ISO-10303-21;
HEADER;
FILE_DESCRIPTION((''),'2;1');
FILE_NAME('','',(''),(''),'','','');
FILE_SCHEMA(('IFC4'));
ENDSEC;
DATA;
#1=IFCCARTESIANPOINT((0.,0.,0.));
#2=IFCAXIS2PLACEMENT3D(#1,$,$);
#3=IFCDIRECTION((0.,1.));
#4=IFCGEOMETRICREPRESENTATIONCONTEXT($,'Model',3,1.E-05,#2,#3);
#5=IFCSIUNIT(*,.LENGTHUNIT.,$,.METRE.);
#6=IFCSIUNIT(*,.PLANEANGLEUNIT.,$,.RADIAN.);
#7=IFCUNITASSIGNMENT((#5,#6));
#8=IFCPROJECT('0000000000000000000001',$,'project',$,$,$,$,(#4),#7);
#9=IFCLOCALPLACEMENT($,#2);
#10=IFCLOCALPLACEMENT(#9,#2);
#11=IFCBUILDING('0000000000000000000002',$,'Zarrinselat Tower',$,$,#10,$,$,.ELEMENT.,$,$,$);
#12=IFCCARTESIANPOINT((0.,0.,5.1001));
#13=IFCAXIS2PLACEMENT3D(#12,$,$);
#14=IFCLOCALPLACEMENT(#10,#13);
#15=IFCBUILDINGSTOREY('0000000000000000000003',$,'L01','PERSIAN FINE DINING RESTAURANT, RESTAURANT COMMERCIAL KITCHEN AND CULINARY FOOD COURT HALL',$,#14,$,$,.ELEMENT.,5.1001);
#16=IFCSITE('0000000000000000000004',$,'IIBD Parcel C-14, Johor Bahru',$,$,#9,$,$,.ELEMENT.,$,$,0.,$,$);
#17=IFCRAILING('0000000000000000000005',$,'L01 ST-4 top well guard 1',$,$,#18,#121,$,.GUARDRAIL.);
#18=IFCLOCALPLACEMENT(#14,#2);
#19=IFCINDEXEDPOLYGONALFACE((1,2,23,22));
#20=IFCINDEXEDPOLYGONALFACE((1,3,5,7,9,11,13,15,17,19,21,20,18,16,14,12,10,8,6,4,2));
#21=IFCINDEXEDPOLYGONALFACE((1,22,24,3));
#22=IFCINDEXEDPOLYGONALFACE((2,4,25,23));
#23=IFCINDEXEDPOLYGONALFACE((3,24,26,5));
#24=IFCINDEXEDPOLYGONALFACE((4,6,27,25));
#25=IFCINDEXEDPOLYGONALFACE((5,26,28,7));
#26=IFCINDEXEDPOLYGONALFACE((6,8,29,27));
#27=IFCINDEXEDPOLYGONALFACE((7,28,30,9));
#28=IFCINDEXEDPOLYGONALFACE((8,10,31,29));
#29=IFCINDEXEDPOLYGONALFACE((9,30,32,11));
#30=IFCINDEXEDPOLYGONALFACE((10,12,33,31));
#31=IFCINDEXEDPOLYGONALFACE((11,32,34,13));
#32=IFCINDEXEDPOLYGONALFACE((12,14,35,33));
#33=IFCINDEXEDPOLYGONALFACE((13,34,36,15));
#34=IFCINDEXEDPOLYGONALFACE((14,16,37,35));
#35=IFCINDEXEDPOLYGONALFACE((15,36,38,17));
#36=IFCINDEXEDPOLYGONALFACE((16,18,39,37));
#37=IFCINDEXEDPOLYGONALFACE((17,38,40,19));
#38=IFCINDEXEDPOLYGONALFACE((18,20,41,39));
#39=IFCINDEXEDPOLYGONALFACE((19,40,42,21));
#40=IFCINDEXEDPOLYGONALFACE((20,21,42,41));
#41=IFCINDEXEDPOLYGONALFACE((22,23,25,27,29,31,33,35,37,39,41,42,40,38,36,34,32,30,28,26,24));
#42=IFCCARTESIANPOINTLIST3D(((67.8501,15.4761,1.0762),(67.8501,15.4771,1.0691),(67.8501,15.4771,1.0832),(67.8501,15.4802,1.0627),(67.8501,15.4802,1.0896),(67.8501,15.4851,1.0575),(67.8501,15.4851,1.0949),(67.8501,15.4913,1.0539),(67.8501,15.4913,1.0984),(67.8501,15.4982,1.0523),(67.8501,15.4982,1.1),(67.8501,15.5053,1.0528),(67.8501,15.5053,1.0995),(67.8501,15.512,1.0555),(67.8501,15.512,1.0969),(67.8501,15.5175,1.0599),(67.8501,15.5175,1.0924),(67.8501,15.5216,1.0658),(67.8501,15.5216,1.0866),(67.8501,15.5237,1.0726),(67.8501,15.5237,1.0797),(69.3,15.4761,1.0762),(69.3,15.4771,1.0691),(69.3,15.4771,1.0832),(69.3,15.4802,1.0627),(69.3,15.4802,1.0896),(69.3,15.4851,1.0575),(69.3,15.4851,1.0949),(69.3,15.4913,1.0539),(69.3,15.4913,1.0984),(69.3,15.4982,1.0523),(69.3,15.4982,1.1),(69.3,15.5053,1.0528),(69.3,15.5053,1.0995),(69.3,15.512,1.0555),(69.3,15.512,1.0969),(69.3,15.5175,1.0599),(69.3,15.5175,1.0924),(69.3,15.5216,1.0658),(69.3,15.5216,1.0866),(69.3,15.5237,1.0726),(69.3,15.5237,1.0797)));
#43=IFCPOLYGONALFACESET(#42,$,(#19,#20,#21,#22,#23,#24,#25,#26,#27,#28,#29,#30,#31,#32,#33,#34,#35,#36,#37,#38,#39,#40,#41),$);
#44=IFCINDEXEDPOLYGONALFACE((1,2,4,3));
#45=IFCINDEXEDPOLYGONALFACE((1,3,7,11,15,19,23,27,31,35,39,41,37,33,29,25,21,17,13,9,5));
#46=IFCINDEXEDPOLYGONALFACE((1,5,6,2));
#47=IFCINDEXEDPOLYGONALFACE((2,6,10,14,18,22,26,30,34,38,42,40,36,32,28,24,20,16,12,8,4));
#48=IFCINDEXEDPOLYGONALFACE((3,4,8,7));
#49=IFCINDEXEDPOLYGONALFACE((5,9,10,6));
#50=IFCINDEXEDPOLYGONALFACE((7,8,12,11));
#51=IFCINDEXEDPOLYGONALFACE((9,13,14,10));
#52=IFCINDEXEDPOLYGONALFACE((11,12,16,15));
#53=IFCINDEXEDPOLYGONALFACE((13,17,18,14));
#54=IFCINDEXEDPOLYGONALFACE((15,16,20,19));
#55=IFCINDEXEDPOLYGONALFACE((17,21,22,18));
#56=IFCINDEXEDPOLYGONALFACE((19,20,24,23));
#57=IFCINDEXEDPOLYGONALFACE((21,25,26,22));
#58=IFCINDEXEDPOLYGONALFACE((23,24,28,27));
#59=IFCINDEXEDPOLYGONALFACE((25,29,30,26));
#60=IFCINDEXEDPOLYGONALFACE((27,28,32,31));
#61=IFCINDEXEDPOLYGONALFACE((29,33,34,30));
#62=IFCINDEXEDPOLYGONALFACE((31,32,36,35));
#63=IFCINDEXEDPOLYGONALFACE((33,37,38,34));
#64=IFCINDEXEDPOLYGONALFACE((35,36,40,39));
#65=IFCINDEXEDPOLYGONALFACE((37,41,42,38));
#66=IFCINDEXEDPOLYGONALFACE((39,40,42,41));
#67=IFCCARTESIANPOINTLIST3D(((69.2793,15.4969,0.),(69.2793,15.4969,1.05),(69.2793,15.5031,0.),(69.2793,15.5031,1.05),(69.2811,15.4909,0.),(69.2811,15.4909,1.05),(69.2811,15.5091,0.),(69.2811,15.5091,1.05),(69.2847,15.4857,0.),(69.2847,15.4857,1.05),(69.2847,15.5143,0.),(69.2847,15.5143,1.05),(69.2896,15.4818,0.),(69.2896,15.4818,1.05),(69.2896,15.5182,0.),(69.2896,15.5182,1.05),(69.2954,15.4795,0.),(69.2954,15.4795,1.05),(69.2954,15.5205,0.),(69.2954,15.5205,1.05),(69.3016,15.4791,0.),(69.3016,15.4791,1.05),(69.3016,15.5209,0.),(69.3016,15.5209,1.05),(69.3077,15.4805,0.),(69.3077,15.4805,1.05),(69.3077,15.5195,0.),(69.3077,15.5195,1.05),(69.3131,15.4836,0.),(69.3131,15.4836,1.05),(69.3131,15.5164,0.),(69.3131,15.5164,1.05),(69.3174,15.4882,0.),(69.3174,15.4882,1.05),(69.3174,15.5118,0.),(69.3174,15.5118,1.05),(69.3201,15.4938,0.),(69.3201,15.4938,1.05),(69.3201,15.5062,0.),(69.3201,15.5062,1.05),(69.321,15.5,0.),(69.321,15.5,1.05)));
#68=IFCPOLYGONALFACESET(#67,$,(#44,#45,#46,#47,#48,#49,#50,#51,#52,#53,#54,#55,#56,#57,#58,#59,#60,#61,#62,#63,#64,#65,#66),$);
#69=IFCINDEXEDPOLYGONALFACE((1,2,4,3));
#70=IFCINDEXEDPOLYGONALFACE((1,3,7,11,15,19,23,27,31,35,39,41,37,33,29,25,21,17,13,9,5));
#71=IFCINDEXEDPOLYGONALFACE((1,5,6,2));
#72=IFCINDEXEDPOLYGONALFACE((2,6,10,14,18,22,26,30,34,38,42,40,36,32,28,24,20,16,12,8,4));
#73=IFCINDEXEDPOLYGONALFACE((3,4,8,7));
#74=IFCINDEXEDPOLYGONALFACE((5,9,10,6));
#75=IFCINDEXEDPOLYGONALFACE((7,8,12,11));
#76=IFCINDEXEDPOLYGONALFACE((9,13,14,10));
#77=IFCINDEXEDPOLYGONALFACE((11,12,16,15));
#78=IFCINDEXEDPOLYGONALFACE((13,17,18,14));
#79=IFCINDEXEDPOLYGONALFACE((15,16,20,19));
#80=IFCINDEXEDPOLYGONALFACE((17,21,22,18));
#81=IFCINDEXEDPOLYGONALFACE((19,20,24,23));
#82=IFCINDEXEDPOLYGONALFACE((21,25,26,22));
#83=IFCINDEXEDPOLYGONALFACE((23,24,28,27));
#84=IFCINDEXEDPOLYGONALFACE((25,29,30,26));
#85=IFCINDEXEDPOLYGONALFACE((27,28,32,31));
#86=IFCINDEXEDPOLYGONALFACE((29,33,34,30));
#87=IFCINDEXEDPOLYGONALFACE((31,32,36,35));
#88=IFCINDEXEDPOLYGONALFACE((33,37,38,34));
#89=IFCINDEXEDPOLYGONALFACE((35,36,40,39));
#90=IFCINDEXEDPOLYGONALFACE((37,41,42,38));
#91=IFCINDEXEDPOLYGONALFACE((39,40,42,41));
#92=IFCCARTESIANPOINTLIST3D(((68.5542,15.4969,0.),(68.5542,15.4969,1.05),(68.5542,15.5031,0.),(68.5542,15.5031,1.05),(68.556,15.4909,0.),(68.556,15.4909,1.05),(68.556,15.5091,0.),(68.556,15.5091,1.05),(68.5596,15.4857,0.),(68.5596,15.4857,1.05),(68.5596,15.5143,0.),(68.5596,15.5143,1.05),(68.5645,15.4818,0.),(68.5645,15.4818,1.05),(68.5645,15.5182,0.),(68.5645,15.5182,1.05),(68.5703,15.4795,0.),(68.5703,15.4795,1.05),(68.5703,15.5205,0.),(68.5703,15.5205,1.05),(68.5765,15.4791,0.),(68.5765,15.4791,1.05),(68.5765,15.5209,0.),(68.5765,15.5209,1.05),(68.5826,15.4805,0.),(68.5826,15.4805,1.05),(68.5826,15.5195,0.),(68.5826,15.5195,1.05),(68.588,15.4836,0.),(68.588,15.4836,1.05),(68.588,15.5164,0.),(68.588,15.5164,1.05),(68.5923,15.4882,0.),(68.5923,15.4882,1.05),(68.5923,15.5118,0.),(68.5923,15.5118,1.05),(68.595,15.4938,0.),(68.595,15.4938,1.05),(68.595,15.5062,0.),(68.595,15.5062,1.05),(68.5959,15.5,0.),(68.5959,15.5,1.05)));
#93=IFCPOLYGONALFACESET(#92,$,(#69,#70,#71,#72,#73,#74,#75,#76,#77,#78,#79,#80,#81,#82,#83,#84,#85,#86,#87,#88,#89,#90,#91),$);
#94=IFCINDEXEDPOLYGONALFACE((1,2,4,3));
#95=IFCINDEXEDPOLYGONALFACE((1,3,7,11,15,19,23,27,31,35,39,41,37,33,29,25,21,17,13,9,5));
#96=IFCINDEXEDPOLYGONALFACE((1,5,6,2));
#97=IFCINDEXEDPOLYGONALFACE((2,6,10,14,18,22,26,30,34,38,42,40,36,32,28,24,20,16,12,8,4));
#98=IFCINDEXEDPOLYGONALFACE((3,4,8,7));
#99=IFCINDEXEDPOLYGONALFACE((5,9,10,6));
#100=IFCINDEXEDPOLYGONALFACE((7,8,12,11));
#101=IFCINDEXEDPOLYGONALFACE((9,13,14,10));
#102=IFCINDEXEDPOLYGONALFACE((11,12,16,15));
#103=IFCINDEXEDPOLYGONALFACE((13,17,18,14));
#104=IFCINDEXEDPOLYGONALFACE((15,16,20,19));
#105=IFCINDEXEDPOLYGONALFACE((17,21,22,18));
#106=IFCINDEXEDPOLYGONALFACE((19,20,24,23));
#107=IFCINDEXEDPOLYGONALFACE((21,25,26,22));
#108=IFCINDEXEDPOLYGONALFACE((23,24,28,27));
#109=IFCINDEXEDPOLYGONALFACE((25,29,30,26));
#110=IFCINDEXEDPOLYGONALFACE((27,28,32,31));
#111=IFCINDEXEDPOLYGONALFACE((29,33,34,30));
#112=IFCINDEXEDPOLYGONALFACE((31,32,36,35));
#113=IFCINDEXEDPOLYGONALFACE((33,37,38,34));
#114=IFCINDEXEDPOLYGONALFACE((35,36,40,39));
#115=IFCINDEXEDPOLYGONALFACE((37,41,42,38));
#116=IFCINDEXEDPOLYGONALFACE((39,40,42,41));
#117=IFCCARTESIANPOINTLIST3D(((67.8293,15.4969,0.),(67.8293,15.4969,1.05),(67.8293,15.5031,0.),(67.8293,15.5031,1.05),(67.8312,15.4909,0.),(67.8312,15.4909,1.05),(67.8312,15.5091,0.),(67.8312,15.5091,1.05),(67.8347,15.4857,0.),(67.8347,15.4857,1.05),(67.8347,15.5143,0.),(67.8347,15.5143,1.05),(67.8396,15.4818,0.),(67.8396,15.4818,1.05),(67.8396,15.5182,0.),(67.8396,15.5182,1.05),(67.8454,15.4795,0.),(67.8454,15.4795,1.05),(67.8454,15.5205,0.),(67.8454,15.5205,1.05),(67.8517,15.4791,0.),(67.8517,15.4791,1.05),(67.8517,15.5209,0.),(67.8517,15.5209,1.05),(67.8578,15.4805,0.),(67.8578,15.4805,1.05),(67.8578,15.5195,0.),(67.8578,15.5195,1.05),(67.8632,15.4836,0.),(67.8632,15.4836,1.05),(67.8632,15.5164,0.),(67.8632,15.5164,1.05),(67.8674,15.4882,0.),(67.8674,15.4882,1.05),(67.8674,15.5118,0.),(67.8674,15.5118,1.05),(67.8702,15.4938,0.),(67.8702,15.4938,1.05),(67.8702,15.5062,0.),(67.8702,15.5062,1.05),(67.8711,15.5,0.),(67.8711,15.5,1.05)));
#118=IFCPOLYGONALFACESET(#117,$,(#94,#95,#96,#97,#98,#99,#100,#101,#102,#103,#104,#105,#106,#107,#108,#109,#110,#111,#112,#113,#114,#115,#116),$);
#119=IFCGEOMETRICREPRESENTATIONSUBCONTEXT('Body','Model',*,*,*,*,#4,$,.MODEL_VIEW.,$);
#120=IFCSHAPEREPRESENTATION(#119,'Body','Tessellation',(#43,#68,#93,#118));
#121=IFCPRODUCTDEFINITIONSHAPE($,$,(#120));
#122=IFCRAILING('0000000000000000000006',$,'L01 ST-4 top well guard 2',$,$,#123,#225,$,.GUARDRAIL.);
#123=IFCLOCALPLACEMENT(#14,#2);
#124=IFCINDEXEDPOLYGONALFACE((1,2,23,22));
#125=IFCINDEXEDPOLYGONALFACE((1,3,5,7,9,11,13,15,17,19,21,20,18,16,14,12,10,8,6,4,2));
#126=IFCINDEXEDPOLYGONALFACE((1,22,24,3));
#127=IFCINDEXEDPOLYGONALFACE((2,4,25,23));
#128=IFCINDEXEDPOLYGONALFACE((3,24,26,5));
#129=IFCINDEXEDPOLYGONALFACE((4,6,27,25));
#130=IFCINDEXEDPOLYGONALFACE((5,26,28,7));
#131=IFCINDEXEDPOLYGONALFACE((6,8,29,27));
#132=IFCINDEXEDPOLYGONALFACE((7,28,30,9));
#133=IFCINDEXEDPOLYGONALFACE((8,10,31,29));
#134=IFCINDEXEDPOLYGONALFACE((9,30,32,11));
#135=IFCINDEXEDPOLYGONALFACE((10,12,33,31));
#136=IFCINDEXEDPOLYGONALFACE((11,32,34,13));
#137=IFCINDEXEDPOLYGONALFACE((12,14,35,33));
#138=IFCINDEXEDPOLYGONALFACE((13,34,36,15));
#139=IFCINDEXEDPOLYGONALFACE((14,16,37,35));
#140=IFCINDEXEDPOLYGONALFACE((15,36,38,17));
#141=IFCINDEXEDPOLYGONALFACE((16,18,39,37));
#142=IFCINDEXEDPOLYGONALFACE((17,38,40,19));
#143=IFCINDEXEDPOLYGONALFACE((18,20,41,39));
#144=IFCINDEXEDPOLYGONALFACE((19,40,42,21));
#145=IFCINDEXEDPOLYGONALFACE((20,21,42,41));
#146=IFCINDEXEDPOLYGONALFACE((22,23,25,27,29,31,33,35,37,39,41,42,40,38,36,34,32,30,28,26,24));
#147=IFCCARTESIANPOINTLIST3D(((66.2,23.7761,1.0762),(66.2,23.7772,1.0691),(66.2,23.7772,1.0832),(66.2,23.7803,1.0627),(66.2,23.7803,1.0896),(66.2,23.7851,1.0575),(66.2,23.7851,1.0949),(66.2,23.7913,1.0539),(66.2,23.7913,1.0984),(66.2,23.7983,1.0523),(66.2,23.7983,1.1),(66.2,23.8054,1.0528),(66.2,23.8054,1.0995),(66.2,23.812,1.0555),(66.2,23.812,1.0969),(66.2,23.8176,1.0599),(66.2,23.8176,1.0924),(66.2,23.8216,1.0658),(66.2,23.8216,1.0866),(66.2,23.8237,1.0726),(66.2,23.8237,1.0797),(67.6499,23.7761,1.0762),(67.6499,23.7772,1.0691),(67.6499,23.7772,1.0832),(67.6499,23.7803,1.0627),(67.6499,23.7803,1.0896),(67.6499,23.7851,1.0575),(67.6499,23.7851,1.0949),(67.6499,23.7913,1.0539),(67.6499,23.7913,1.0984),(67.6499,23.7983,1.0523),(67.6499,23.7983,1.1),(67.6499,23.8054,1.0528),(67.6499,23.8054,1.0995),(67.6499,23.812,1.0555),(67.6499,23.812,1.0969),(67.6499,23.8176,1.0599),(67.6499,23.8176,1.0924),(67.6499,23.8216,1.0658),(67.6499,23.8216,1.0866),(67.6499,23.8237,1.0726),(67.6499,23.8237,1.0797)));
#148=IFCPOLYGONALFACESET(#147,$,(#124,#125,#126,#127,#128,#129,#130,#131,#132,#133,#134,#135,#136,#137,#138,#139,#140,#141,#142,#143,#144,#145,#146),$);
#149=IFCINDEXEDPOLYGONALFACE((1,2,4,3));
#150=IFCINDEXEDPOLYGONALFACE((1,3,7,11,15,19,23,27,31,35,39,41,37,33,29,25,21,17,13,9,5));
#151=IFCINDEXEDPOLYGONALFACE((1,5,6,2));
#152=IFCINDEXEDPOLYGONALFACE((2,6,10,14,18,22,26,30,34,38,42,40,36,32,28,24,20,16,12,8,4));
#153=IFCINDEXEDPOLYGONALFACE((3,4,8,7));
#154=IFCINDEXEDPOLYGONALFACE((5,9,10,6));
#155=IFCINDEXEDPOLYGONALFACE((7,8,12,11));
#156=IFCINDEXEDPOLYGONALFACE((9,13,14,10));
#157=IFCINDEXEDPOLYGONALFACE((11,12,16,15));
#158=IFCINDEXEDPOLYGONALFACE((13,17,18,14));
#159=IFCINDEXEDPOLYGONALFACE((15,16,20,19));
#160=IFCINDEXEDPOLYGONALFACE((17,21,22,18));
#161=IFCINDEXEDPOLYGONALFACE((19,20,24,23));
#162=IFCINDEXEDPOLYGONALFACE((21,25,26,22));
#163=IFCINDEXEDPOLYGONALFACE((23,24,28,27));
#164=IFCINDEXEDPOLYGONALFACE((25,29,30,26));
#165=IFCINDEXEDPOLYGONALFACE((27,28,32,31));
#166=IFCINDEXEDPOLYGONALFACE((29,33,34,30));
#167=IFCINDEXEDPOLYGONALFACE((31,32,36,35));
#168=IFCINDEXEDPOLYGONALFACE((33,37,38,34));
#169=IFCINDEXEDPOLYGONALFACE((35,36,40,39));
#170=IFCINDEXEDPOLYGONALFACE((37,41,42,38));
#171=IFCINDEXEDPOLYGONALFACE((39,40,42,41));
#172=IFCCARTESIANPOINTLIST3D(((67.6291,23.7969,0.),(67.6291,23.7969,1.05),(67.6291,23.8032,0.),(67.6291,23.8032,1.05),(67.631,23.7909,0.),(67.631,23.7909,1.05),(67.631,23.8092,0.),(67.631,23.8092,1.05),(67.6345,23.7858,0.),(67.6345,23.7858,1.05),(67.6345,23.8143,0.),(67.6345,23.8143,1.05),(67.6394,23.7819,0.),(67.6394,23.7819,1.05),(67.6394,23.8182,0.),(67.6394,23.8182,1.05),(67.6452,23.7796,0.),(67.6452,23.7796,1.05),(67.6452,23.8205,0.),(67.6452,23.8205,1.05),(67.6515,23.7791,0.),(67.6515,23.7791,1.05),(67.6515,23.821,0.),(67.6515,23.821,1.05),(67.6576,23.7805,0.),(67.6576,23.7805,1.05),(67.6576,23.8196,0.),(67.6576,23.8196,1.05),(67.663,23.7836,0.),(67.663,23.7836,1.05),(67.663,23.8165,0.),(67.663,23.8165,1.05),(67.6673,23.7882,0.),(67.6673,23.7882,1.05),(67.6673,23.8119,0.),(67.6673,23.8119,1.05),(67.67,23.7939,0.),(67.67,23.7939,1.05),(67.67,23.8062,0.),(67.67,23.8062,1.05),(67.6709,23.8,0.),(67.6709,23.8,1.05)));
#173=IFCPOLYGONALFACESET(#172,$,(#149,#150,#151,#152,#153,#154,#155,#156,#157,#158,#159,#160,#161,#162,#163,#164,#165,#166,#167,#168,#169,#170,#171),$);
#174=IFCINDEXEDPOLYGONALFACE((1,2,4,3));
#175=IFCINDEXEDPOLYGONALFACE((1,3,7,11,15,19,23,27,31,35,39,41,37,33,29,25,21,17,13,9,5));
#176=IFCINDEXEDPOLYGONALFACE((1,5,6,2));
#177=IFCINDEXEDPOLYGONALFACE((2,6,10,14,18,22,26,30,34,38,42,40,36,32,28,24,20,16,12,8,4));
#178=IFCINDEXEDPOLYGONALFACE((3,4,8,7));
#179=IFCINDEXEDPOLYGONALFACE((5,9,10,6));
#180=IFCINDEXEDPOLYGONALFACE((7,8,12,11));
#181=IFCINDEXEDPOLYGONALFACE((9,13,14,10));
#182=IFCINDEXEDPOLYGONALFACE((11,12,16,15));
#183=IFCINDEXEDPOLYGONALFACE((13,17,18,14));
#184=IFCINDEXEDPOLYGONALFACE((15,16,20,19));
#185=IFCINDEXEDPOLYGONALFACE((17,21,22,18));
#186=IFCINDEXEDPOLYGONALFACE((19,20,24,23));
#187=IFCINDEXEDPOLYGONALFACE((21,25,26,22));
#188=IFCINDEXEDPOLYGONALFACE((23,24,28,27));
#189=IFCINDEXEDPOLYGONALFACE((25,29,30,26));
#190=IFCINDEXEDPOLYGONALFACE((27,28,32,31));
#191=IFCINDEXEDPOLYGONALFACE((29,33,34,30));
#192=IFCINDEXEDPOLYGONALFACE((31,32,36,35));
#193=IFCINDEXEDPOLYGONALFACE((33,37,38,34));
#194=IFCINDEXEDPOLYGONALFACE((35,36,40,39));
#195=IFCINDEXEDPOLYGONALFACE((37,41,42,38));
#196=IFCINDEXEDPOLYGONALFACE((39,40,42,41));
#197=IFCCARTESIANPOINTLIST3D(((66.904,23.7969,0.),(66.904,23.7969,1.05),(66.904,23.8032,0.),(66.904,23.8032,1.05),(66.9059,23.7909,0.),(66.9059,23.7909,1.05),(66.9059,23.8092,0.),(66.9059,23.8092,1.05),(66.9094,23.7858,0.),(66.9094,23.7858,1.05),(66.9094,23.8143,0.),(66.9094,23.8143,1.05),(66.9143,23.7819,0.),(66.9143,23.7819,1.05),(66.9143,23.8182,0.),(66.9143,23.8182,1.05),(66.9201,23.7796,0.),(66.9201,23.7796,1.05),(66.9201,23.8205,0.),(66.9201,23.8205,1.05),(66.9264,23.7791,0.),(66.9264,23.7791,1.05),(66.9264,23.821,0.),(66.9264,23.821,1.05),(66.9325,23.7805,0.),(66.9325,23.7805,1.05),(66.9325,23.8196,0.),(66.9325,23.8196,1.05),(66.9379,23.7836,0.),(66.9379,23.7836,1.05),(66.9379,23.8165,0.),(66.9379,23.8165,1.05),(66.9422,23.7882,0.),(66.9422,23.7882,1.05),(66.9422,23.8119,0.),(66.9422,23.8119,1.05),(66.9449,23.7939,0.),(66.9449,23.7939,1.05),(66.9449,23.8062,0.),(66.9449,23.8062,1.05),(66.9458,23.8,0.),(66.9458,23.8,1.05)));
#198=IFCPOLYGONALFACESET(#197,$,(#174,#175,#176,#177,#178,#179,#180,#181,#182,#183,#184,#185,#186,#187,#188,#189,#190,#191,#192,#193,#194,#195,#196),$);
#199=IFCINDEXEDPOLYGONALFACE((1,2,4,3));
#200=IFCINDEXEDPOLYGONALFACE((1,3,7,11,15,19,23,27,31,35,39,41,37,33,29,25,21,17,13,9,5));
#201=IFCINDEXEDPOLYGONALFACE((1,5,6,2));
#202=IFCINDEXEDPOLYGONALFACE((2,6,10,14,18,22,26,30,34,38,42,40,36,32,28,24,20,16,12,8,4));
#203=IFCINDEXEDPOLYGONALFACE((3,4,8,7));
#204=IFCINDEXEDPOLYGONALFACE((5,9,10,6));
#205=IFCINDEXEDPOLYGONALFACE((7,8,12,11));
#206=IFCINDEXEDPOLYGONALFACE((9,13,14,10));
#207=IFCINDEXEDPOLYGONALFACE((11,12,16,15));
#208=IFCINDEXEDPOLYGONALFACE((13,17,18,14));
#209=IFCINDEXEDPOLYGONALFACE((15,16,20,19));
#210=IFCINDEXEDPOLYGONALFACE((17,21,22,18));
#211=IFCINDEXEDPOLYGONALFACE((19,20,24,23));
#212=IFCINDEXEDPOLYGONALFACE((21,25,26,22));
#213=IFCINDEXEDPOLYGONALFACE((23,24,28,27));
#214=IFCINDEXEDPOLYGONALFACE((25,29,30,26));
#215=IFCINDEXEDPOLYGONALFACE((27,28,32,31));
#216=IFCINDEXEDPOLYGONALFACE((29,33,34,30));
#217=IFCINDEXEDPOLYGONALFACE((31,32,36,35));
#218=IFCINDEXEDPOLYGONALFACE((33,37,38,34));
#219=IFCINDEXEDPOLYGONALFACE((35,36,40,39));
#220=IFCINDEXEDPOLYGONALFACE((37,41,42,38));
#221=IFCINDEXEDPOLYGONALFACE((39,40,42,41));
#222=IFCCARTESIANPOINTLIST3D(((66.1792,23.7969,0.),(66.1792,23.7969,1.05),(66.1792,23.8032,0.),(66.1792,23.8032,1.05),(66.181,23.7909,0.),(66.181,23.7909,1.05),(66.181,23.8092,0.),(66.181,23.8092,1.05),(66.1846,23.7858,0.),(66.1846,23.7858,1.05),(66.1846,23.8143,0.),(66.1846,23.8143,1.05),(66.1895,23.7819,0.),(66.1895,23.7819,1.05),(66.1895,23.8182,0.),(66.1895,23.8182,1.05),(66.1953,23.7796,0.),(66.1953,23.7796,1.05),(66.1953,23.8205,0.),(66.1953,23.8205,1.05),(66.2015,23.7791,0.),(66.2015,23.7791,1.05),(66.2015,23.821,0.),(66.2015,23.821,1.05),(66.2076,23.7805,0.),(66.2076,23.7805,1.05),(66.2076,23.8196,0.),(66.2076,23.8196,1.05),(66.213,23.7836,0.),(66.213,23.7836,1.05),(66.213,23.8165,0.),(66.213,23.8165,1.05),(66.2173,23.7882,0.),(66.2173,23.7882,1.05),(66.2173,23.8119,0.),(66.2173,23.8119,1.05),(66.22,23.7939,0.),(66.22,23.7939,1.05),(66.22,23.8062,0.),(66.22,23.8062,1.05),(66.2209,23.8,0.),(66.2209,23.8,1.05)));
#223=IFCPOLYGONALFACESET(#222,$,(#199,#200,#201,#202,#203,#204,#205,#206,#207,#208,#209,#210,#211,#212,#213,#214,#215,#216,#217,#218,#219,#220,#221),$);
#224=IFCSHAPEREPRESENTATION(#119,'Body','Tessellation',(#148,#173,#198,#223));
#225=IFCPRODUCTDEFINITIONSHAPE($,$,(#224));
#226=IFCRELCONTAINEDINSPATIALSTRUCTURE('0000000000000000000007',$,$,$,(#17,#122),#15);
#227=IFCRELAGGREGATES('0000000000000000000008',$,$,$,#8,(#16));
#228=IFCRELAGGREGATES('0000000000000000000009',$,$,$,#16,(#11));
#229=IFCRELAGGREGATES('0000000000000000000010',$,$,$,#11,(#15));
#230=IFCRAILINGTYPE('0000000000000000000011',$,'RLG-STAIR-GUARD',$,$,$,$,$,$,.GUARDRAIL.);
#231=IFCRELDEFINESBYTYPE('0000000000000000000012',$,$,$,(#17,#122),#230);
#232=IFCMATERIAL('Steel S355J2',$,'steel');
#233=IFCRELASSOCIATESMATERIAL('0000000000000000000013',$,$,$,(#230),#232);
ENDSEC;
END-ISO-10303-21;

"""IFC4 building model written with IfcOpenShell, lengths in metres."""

from ifc_helpers import new_model, si_unit, direction, frame, origin, origin_2d, place, context, subcontext, project, spatial, circle, extrude, material, type_object, element, save


model = new_model("IFC4")

# Units and contexts
model_context = context("Model", 3, precision=1e-05, world=origin(), true_north=direction((0.0, 1.0)))
body_context = subcontext(model_context, "Body", "Model", "MODEL_VIEW")
ifc_project = project(units=[si_unit("LENGTHUNIT", "METRE"), si_unit("PLANEANGLEUNIT", "RADIAN")], contexts=[model_context])

# Site, building, storey
site_placement = place(None, origin())
site = spatial("IfcSite", under=ifc_project, at=site_placement, Name="IIBD Parcel C-14, Johor Bahru", CompositionType="ELEMENT", RefElevation=0.0)
building_placement = place(site_placement, origin())
building = spatial("IfcBuilding", under=site, at=building_placement, Name="Zarrinselat Tower", CompositionType="ELEMENT")
storey_placement = place(building_placement, frame((0.0, 0.0, 5.1001)))
storey = spatial("IfcBuildingStorey", under=building, at=storey_placement, Name="L01", Description="PERSIAN FINE DINING RESTAURANT, RESTAURANT COMMERCIAL KITCHEN AND CULINARY FOOD COURT HALL", CompositionType="ELEMENT", Elevation=5.1001)

# Railings
ifc_material_1 = material(Name="Steel S355J2", Category="steel")
railing_type = type_object("IfcRailingType", Name="RLG-STAIR-GUARD", PredefinedType="GUARDRAIL", material=ifc_material_1)
for number, where, name in (
    (1, (69.3, 15.5, 0.0), "L01 ST-4 top well guard 1"),
    (2, (67.6499, 23.8, 0.0), "L01 ST-4 top well guard 2"),
):
    element("IfcRailing", number, at=place(storey_placement, frame(where)), inside=storey, type_object=railing_type, Name=name, PredefinedType="GUARDRAIL", context=body_context, shape_type="SweptSolid", body=[
        extrude(circle(Radius=0.0239, at=origin_2d()), frame((0.0, 0.0, 1.0762), z_axis=(-1.0, 0.0, 0.0), x_axis=(0.0, -1.0, 0.0)), (0.0, 0.0, 1.0), 1.45),
        extrude(circle(Radius=0.021, at=origin_2d()), origin(), (0.0, 0.0, 1.0), 1.05),
        extrude(circle(Radius=0.021, at=origin_2d()), frame((-0.7251, 0.0, 0.0)), (0.0, 0.0, 1.0), 1.05),
        extrude(circle(Radius=0.021, at=origin_2d()), frame((-1.45, 0.0, 0.0)), (0.0, 0.0, 1.0), 1.05),
    ])

save(model, "model.ifc")
